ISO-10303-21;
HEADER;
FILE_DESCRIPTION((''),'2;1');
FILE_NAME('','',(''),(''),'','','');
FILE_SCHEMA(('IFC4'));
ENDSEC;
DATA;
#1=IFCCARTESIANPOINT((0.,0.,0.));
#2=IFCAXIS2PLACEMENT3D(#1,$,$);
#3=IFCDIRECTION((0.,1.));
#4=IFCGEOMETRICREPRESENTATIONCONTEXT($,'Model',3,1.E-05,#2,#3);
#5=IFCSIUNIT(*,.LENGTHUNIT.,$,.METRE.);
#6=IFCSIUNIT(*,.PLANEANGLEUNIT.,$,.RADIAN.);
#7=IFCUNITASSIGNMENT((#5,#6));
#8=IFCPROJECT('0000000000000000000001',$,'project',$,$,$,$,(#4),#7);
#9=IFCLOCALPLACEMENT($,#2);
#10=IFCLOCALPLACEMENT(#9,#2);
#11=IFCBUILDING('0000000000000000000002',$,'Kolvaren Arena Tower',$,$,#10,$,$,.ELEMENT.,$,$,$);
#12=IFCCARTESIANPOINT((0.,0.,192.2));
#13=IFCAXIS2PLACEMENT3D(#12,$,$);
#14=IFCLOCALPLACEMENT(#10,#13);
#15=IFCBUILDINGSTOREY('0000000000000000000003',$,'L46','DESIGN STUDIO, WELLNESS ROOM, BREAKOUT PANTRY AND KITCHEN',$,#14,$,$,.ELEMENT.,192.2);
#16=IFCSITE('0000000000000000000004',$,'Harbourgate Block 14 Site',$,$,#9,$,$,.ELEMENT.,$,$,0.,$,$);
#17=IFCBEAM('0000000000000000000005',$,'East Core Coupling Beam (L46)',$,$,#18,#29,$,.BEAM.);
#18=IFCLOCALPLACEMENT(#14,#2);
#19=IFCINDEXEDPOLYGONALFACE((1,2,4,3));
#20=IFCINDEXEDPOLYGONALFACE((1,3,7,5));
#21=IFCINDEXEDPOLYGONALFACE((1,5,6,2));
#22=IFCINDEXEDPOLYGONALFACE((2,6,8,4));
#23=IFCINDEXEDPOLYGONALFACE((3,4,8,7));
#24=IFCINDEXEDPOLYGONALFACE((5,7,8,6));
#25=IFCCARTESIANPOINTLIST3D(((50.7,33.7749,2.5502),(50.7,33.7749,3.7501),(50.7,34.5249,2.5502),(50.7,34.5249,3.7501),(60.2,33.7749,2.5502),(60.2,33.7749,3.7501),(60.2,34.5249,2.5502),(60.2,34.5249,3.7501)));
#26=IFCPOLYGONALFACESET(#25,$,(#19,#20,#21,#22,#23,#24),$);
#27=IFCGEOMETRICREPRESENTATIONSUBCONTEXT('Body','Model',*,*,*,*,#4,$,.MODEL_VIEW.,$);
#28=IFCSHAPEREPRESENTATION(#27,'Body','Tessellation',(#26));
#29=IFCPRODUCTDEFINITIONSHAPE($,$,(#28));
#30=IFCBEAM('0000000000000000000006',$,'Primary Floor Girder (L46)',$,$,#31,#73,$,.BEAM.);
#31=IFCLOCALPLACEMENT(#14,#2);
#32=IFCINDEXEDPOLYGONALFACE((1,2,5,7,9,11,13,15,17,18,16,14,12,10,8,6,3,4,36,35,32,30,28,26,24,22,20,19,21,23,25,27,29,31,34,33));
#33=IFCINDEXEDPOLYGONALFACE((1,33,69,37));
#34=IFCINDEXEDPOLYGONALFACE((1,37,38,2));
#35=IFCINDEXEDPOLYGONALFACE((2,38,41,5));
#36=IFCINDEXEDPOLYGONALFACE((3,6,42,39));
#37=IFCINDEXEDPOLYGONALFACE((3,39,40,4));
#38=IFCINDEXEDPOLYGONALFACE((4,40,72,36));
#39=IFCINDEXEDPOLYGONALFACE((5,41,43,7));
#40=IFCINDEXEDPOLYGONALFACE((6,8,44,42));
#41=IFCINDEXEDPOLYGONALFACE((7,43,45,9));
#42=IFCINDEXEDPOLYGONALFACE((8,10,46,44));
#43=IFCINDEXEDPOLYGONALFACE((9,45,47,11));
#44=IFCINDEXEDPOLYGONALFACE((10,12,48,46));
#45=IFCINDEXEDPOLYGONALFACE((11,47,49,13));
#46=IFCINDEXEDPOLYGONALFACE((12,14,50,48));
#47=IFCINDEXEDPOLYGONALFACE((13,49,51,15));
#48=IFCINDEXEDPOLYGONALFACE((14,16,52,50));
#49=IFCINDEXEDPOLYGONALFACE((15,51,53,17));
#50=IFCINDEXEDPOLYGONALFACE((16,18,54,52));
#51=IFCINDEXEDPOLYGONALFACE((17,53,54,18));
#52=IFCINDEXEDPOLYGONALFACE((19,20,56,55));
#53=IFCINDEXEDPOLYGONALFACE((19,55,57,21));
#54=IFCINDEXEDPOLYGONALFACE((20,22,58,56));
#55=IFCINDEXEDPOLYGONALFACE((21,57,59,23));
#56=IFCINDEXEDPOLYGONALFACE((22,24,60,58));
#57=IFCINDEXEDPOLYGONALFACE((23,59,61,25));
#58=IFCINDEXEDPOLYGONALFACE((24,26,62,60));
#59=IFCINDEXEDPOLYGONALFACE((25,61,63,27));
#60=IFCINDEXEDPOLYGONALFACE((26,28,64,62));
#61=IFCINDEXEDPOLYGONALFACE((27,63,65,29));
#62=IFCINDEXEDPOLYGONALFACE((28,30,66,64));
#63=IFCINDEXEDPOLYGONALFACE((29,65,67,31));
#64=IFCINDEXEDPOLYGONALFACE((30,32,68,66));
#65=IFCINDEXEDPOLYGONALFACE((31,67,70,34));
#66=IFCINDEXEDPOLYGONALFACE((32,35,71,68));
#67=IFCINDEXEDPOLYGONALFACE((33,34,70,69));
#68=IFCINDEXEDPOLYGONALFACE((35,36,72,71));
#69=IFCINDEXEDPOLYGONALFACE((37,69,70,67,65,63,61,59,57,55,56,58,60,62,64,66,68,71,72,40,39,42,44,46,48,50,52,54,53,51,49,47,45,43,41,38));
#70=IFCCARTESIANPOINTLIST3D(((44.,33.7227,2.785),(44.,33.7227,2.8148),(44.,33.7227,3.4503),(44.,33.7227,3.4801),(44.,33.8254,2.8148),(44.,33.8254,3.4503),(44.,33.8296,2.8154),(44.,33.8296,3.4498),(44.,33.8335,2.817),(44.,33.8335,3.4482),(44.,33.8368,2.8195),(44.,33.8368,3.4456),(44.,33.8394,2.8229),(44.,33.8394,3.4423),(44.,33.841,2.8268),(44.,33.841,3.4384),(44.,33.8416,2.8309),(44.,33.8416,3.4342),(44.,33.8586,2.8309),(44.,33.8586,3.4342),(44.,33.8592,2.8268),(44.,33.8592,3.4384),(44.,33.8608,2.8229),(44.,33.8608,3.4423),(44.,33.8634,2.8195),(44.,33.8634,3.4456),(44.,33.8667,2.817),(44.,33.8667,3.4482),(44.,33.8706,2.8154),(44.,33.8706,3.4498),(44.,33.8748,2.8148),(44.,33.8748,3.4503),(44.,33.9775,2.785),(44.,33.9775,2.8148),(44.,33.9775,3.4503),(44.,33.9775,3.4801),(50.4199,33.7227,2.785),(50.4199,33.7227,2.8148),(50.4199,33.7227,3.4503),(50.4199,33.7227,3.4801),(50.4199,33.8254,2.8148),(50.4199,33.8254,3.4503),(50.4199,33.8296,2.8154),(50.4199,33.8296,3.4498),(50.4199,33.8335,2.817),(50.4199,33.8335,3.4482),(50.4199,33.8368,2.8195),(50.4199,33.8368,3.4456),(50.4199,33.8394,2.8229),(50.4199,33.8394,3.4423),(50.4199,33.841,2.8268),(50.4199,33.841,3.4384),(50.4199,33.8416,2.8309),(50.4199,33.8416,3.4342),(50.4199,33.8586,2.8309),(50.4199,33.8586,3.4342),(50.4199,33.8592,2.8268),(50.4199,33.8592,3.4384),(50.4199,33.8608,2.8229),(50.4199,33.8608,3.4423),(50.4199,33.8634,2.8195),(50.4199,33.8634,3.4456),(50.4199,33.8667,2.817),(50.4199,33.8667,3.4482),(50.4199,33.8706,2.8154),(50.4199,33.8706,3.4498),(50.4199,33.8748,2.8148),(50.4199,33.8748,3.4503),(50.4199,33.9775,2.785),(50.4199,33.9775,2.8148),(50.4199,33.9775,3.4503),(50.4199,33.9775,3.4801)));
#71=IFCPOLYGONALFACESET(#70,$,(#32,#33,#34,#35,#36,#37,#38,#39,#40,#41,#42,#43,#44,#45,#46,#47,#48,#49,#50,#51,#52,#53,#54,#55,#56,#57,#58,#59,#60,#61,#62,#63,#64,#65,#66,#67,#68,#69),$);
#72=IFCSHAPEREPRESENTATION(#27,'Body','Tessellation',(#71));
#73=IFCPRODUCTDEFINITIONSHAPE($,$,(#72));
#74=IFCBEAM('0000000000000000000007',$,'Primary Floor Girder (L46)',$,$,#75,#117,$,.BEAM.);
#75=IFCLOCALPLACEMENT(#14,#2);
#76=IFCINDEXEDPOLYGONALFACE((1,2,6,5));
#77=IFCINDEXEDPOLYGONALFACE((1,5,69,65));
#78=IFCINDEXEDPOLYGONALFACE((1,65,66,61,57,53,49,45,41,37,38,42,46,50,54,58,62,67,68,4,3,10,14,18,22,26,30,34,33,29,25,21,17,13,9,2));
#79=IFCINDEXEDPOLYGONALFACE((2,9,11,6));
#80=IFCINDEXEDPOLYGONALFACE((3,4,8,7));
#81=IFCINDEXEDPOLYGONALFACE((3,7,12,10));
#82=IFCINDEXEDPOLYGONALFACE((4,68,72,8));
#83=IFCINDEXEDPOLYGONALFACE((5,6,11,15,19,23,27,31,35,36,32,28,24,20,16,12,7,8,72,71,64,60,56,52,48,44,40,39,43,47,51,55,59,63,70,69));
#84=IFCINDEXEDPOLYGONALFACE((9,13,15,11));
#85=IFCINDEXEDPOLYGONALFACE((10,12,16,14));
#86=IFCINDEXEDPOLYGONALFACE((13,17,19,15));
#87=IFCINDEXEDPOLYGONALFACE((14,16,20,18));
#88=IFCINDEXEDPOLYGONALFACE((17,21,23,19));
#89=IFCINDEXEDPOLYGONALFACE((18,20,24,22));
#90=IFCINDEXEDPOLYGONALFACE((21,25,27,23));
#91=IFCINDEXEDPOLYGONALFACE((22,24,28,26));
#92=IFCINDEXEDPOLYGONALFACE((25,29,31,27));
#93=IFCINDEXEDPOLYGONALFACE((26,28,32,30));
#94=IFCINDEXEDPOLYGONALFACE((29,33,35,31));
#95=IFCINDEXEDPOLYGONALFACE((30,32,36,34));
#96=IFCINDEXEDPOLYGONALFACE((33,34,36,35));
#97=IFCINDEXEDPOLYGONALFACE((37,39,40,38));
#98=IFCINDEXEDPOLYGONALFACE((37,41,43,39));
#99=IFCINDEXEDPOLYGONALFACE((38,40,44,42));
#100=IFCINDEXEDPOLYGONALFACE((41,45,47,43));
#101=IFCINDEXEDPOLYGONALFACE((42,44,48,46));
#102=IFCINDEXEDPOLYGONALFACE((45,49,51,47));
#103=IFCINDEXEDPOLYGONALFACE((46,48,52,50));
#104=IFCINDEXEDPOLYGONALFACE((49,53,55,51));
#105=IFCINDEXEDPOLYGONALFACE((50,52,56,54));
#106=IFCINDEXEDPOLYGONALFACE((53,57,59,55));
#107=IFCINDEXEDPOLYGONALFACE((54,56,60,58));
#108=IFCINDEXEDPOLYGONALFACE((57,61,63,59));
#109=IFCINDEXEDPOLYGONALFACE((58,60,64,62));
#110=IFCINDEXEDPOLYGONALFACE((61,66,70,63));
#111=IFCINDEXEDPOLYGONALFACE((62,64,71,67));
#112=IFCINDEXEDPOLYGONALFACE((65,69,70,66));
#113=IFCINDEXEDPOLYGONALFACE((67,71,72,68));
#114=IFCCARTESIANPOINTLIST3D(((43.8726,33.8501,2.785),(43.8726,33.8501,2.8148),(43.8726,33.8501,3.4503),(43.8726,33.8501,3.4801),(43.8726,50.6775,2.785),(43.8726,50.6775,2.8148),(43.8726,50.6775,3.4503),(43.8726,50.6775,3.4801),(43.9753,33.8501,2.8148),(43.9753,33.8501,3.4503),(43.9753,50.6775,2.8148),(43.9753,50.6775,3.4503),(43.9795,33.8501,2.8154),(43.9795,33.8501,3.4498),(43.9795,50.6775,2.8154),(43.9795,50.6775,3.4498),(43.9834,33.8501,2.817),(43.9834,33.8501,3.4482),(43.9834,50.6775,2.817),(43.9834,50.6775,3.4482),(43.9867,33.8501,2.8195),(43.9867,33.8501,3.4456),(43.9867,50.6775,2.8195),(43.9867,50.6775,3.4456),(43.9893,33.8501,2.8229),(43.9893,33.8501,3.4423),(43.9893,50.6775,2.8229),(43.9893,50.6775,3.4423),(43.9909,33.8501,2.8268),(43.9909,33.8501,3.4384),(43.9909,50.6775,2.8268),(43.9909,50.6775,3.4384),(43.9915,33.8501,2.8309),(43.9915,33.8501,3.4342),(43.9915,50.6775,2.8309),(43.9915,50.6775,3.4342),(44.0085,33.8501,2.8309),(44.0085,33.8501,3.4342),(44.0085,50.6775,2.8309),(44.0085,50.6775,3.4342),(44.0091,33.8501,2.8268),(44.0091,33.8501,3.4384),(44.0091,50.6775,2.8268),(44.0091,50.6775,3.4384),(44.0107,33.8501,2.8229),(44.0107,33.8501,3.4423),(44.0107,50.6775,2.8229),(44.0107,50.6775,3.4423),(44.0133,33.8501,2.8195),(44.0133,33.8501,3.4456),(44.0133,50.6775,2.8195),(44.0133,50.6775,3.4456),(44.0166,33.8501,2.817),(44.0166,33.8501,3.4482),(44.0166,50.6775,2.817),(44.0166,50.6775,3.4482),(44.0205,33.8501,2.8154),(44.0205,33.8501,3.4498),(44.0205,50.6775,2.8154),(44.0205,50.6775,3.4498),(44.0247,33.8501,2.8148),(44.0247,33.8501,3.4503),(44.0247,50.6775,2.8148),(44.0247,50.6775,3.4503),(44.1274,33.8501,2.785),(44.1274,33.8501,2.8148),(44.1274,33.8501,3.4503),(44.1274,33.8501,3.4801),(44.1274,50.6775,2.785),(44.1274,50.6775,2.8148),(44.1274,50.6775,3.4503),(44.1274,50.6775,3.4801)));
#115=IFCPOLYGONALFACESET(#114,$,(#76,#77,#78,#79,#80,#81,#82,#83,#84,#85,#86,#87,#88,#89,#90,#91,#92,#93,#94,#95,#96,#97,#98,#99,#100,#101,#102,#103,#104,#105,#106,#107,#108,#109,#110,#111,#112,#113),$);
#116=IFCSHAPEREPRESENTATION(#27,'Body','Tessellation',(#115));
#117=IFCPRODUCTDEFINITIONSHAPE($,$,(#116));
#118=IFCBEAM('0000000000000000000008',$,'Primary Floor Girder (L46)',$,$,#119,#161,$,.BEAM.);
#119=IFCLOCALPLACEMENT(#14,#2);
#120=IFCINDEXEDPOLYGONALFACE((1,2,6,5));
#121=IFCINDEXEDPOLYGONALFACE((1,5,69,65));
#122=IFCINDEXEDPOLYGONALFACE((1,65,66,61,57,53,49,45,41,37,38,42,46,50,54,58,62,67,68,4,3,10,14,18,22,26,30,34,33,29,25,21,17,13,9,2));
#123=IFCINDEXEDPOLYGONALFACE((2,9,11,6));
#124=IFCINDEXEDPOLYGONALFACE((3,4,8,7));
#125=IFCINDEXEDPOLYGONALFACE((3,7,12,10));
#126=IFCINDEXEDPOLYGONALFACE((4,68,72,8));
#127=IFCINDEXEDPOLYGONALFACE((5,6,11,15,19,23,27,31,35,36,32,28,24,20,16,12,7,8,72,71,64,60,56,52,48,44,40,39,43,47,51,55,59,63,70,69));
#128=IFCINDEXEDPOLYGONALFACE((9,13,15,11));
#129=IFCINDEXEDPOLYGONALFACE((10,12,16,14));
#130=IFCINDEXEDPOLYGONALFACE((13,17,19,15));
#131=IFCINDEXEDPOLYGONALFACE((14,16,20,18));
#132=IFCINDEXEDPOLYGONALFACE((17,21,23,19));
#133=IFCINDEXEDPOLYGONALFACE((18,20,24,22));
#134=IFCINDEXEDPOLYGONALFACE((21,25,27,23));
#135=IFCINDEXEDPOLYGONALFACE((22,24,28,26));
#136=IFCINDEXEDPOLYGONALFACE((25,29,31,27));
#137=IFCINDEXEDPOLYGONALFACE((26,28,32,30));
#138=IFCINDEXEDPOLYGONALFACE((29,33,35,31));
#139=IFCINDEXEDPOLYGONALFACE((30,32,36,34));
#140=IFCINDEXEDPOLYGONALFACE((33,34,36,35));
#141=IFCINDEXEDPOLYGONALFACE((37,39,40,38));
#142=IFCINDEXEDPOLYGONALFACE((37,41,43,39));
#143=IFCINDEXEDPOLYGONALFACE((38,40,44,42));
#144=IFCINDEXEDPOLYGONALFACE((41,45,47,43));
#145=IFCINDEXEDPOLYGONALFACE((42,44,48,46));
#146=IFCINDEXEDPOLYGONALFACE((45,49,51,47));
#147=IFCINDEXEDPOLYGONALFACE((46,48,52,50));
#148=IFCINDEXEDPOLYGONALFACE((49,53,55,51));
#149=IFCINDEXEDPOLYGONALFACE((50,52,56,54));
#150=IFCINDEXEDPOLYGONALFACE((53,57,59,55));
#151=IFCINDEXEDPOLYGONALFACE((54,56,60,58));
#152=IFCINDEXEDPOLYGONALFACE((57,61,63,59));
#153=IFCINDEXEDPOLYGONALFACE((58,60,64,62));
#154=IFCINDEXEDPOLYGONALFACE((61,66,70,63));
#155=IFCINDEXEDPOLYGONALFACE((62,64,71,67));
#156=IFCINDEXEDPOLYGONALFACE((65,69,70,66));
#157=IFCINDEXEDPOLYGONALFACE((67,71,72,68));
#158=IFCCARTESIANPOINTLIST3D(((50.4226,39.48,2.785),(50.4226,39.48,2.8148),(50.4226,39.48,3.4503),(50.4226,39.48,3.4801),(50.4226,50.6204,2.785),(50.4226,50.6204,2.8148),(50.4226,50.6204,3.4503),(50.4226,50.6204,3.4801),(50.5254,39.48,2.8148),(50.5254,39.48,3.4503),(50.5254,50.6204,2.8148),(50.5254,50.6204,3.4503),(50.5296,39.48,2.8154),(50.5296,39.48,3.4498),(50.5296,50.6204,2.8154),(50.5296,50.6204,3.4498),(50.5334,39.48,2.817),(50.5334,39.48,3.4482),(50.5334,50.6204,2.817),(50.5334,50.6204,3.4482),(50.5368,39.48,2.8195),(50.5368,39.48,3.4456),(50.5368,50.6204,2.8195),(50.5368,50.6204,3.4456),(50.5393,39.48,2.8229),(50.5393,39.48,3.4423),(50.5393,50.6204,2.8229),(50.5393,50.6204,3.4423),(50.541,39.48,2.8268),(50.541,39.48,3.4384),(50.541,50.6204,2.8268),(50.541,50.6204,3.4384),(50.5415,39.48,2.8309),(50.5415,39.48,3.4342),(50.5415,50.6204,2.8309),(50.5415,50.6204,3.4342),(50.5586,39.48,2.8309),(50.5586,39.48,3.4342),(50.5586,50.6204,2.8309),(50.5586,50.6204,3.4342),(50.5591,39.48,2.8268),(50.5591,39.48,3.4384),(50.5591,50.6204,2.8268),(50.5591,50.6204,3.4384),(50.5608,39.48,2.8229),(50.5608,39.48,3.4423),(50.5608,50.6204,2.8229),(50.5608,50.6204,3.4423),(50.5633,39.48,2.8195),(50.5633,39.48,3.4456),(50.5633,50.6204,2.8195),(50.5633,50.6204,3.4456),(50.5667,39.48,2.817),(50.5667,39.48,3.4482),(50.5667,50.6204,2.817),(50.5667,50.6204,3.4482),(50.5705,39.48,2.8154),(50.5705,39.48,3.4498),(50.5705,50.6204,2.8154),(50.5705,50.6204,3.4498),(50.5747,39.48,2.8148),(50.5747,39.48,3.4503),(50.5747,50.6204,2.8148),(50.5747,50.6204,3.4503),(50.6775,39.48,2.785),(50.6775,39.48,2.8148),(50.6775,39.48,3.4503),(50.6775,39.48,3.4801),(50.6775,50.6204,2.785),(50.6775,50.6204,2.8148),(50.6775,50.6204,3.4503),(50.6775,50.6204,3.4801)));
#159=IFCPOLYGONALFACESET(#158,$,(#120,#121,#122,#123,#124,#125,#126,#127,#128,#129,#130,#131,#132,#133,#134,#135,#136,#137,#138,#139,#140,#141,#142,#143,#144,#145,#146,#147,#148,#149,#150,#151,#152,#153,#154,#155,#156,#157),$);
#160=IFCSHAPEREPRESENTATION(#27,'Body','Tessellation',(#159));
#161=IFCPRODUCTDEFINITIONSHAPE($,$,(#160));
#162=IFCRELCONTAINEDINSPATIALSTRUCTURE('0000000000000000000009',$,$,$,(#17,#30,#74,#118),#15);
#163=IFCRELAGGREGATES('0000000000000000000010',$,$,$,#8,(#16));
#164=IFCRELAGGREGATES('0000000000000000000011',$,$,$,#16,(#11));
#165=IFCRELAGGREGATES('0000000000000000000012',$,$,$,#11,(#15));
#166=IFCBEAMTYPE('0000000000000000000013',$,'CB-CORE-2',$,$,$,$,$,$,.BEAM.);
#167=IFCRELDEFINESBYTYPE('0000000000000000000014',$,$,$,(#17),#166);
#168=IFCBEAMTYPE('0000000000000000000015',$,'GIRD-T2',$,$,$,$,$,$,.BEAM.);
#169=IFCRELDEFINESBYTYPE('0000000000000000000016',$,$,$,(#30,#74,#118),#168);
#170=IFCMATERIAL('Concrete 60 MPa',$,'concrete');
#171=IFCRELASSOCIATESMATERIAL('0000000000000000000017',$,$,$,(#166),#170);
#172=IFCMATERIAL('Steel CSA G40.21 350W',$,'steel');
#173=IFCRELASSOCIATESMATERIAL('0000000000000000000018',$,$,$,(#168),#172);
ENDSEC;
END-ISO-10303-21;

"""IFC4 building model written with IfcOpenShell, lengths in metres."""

from ifc_helpers import new_model, si_unit, direction, frame, origin, origin_2d, place, context, subcontext, project, spatial, rectangle, i_section, extrude, material, material_profile, profile_set, type_object, element, save


model = new_model("IFC4")

# Units and contexts
model_context = context("Model", 3, precision=1e-05, world=origin(), true_north=direction((0.0, 1.0)))
body_context = subcontext(model_context, "Body", "Model", "MODEL_VIEW")
ifc_project = project(units=[si_unit("LENGTHUNIT", "METRE"), si_unit("PLANEANGLEUNIT", "RADIAN")], contexts=[model_context])

# Site, building, storey
site_placement = place(None, origin())
site = spatial("IfcSite", under=ifc_project, at=site_placement, Name="Harbourgate Block 14 Site", CompositionType="ELEMENT", RefElevation=0.0)
building_placement = place(site_placement, origin())
building = spatial("IfcBuilding", under=site, at=building_placement, Name="Kolvaren Arena Tower", CompositionType="ELEMENT")
storey_placement = place(building_placement, frame((0.0, 0.0, 192.2)))
storey = spatial("IfcBuildingStorey", under=building, at=storey_placement, Name="L46", Description="DESIGN STUDIO, WELLNESS ROOM, BREAKOUT PANTRY AND KITCHEN", CompositionType="ELEMENT", Elevation=192.2)

# Beams
ifc_material_1 = material(Name="Steel CSA G40.21 350W", Category="steel")
ifc_material_2 = material(Name="Concrete 60 MPa", Category="concrete")
ifc_material_profile_1 = material_profile(ifc_material_2, rectangle(XDim=0.75, YDim=1.2, at=origin_2d()), Name="RC-750x1200")
ifc_profile_set_1 = profile_set([ifc_material_profile_1], Name="Concrete 60 MPa")
beam_type_1 = type_object("IfcBeamType", Name="CB-CORE-2", PredefinedType="BEAM", material=ifc_profile_set_1)
beam_1_placement = place(storey_placement, frame((50.7, 34.1499, 3.1501), z_axis=(1.0, 0.0, 0.0), x_axis=(0.0, 1.0, 0.0)))
element("IfcBeam", 1, at=beam_1_placement, inside=storey, type_object=beam_type_1, Name="East Core Coupling Beam (L46)", PredefinedType="BEAM", context=body_context, shape_type="SweptSolid", body=[
    extrude(rectangle(XDim=0.75, YDim=1.2, at=origin_2d()), origin(), (0.0, 0.0, 1.0), 9.5),
])
ifc_material_profile_2 = material_profile(ifc_material_1, i_section(OverallWidth=0.2549, OverallDepth=0.6951, WebThickness=0.0171, FlangeThickness=0.0298, FilletRadius=0.0161, at=origin_2d()), Name="W690x217")
ifc_profile_set_2 = profile_set([ifc_material_profile_2], Name="Steel CSA G40.21 350W")
beam_type_2 = type_object("IfcBeamType", Name="GIRD-T2", PredefinedType="BEAM", material=ifc_profile_set_2)
beam_2_placement = place(storey_placement, frame((44.0, 33.8501, 3.1326), z_axis=(1.0, 0.0, 0.0), x_axis=(0.0, 1.0, 0.0)))
element("IfcBeam", 2, at=beam_2_placement, inside=storey, type_object=beam_type_2, Name="Primary Floor Girder (L46)", PredefinedType="BEAM", context=body_context, shape_type="SweptSolid", body=[
    extrude(i_section(OverallWidth=0.2549, OverallDepth=0.6951, WebThickness=0.0171, FlangeThickness=0.0298, FilletRadius=0.0161, at=origin_2d()), origin(), (0.0, 0.0, 1.0), 6.4199),
])
beam_3_placement = place(storey_placement, frame((44.0, 33.8501, 3.1326), z_axis=(0.0, 1.0, 0.0), x_axis=(-1.0, 0.0, 0.0)))
element("IfcBeam", 3, at=beam_3_placement, inside=storey, type_object=beam_type_2, Name="Primary Floor Girder (L46)", PredefinedType="BEAM", context=body_context, shape_type="SweptSolid", body=[
    extrude(i_section(OverallWidth=0.2549, OverallDepth=0.6951, WebThickness=0.0171, FlangeThickness=0.0298, FilletRadius=0.0161, at=origin_2d()), origin(), (0.0, 0.0, 1.0), 16.8274),
])
beam_4_placement = place(storey_placement, frame((50.55, 39.48, 3.1326), z_axis=(0.0, 1.0, 0.0), x_axis=(-1.0, 0.0, 0.0)))
element("IfcBeam", 4, at=beam_4_placement, inside=storey, type_object=beam_type_2, Name="Primary Floor Girder (L46)", PredefinedType="BEAM", context=body_context, shape_type="SweptSolid", body=[
    extrude(i_section(OverallWidth=0.2549, OverallDepth=0.6951, WebThickness=0.0171, FlangeThickness=0.0298, FilletRadius=0.0161, at=origin_2d()), origin(), (0.0, 0.0, 1.0), 11.1404),
])

save(model, "model.ifc")
